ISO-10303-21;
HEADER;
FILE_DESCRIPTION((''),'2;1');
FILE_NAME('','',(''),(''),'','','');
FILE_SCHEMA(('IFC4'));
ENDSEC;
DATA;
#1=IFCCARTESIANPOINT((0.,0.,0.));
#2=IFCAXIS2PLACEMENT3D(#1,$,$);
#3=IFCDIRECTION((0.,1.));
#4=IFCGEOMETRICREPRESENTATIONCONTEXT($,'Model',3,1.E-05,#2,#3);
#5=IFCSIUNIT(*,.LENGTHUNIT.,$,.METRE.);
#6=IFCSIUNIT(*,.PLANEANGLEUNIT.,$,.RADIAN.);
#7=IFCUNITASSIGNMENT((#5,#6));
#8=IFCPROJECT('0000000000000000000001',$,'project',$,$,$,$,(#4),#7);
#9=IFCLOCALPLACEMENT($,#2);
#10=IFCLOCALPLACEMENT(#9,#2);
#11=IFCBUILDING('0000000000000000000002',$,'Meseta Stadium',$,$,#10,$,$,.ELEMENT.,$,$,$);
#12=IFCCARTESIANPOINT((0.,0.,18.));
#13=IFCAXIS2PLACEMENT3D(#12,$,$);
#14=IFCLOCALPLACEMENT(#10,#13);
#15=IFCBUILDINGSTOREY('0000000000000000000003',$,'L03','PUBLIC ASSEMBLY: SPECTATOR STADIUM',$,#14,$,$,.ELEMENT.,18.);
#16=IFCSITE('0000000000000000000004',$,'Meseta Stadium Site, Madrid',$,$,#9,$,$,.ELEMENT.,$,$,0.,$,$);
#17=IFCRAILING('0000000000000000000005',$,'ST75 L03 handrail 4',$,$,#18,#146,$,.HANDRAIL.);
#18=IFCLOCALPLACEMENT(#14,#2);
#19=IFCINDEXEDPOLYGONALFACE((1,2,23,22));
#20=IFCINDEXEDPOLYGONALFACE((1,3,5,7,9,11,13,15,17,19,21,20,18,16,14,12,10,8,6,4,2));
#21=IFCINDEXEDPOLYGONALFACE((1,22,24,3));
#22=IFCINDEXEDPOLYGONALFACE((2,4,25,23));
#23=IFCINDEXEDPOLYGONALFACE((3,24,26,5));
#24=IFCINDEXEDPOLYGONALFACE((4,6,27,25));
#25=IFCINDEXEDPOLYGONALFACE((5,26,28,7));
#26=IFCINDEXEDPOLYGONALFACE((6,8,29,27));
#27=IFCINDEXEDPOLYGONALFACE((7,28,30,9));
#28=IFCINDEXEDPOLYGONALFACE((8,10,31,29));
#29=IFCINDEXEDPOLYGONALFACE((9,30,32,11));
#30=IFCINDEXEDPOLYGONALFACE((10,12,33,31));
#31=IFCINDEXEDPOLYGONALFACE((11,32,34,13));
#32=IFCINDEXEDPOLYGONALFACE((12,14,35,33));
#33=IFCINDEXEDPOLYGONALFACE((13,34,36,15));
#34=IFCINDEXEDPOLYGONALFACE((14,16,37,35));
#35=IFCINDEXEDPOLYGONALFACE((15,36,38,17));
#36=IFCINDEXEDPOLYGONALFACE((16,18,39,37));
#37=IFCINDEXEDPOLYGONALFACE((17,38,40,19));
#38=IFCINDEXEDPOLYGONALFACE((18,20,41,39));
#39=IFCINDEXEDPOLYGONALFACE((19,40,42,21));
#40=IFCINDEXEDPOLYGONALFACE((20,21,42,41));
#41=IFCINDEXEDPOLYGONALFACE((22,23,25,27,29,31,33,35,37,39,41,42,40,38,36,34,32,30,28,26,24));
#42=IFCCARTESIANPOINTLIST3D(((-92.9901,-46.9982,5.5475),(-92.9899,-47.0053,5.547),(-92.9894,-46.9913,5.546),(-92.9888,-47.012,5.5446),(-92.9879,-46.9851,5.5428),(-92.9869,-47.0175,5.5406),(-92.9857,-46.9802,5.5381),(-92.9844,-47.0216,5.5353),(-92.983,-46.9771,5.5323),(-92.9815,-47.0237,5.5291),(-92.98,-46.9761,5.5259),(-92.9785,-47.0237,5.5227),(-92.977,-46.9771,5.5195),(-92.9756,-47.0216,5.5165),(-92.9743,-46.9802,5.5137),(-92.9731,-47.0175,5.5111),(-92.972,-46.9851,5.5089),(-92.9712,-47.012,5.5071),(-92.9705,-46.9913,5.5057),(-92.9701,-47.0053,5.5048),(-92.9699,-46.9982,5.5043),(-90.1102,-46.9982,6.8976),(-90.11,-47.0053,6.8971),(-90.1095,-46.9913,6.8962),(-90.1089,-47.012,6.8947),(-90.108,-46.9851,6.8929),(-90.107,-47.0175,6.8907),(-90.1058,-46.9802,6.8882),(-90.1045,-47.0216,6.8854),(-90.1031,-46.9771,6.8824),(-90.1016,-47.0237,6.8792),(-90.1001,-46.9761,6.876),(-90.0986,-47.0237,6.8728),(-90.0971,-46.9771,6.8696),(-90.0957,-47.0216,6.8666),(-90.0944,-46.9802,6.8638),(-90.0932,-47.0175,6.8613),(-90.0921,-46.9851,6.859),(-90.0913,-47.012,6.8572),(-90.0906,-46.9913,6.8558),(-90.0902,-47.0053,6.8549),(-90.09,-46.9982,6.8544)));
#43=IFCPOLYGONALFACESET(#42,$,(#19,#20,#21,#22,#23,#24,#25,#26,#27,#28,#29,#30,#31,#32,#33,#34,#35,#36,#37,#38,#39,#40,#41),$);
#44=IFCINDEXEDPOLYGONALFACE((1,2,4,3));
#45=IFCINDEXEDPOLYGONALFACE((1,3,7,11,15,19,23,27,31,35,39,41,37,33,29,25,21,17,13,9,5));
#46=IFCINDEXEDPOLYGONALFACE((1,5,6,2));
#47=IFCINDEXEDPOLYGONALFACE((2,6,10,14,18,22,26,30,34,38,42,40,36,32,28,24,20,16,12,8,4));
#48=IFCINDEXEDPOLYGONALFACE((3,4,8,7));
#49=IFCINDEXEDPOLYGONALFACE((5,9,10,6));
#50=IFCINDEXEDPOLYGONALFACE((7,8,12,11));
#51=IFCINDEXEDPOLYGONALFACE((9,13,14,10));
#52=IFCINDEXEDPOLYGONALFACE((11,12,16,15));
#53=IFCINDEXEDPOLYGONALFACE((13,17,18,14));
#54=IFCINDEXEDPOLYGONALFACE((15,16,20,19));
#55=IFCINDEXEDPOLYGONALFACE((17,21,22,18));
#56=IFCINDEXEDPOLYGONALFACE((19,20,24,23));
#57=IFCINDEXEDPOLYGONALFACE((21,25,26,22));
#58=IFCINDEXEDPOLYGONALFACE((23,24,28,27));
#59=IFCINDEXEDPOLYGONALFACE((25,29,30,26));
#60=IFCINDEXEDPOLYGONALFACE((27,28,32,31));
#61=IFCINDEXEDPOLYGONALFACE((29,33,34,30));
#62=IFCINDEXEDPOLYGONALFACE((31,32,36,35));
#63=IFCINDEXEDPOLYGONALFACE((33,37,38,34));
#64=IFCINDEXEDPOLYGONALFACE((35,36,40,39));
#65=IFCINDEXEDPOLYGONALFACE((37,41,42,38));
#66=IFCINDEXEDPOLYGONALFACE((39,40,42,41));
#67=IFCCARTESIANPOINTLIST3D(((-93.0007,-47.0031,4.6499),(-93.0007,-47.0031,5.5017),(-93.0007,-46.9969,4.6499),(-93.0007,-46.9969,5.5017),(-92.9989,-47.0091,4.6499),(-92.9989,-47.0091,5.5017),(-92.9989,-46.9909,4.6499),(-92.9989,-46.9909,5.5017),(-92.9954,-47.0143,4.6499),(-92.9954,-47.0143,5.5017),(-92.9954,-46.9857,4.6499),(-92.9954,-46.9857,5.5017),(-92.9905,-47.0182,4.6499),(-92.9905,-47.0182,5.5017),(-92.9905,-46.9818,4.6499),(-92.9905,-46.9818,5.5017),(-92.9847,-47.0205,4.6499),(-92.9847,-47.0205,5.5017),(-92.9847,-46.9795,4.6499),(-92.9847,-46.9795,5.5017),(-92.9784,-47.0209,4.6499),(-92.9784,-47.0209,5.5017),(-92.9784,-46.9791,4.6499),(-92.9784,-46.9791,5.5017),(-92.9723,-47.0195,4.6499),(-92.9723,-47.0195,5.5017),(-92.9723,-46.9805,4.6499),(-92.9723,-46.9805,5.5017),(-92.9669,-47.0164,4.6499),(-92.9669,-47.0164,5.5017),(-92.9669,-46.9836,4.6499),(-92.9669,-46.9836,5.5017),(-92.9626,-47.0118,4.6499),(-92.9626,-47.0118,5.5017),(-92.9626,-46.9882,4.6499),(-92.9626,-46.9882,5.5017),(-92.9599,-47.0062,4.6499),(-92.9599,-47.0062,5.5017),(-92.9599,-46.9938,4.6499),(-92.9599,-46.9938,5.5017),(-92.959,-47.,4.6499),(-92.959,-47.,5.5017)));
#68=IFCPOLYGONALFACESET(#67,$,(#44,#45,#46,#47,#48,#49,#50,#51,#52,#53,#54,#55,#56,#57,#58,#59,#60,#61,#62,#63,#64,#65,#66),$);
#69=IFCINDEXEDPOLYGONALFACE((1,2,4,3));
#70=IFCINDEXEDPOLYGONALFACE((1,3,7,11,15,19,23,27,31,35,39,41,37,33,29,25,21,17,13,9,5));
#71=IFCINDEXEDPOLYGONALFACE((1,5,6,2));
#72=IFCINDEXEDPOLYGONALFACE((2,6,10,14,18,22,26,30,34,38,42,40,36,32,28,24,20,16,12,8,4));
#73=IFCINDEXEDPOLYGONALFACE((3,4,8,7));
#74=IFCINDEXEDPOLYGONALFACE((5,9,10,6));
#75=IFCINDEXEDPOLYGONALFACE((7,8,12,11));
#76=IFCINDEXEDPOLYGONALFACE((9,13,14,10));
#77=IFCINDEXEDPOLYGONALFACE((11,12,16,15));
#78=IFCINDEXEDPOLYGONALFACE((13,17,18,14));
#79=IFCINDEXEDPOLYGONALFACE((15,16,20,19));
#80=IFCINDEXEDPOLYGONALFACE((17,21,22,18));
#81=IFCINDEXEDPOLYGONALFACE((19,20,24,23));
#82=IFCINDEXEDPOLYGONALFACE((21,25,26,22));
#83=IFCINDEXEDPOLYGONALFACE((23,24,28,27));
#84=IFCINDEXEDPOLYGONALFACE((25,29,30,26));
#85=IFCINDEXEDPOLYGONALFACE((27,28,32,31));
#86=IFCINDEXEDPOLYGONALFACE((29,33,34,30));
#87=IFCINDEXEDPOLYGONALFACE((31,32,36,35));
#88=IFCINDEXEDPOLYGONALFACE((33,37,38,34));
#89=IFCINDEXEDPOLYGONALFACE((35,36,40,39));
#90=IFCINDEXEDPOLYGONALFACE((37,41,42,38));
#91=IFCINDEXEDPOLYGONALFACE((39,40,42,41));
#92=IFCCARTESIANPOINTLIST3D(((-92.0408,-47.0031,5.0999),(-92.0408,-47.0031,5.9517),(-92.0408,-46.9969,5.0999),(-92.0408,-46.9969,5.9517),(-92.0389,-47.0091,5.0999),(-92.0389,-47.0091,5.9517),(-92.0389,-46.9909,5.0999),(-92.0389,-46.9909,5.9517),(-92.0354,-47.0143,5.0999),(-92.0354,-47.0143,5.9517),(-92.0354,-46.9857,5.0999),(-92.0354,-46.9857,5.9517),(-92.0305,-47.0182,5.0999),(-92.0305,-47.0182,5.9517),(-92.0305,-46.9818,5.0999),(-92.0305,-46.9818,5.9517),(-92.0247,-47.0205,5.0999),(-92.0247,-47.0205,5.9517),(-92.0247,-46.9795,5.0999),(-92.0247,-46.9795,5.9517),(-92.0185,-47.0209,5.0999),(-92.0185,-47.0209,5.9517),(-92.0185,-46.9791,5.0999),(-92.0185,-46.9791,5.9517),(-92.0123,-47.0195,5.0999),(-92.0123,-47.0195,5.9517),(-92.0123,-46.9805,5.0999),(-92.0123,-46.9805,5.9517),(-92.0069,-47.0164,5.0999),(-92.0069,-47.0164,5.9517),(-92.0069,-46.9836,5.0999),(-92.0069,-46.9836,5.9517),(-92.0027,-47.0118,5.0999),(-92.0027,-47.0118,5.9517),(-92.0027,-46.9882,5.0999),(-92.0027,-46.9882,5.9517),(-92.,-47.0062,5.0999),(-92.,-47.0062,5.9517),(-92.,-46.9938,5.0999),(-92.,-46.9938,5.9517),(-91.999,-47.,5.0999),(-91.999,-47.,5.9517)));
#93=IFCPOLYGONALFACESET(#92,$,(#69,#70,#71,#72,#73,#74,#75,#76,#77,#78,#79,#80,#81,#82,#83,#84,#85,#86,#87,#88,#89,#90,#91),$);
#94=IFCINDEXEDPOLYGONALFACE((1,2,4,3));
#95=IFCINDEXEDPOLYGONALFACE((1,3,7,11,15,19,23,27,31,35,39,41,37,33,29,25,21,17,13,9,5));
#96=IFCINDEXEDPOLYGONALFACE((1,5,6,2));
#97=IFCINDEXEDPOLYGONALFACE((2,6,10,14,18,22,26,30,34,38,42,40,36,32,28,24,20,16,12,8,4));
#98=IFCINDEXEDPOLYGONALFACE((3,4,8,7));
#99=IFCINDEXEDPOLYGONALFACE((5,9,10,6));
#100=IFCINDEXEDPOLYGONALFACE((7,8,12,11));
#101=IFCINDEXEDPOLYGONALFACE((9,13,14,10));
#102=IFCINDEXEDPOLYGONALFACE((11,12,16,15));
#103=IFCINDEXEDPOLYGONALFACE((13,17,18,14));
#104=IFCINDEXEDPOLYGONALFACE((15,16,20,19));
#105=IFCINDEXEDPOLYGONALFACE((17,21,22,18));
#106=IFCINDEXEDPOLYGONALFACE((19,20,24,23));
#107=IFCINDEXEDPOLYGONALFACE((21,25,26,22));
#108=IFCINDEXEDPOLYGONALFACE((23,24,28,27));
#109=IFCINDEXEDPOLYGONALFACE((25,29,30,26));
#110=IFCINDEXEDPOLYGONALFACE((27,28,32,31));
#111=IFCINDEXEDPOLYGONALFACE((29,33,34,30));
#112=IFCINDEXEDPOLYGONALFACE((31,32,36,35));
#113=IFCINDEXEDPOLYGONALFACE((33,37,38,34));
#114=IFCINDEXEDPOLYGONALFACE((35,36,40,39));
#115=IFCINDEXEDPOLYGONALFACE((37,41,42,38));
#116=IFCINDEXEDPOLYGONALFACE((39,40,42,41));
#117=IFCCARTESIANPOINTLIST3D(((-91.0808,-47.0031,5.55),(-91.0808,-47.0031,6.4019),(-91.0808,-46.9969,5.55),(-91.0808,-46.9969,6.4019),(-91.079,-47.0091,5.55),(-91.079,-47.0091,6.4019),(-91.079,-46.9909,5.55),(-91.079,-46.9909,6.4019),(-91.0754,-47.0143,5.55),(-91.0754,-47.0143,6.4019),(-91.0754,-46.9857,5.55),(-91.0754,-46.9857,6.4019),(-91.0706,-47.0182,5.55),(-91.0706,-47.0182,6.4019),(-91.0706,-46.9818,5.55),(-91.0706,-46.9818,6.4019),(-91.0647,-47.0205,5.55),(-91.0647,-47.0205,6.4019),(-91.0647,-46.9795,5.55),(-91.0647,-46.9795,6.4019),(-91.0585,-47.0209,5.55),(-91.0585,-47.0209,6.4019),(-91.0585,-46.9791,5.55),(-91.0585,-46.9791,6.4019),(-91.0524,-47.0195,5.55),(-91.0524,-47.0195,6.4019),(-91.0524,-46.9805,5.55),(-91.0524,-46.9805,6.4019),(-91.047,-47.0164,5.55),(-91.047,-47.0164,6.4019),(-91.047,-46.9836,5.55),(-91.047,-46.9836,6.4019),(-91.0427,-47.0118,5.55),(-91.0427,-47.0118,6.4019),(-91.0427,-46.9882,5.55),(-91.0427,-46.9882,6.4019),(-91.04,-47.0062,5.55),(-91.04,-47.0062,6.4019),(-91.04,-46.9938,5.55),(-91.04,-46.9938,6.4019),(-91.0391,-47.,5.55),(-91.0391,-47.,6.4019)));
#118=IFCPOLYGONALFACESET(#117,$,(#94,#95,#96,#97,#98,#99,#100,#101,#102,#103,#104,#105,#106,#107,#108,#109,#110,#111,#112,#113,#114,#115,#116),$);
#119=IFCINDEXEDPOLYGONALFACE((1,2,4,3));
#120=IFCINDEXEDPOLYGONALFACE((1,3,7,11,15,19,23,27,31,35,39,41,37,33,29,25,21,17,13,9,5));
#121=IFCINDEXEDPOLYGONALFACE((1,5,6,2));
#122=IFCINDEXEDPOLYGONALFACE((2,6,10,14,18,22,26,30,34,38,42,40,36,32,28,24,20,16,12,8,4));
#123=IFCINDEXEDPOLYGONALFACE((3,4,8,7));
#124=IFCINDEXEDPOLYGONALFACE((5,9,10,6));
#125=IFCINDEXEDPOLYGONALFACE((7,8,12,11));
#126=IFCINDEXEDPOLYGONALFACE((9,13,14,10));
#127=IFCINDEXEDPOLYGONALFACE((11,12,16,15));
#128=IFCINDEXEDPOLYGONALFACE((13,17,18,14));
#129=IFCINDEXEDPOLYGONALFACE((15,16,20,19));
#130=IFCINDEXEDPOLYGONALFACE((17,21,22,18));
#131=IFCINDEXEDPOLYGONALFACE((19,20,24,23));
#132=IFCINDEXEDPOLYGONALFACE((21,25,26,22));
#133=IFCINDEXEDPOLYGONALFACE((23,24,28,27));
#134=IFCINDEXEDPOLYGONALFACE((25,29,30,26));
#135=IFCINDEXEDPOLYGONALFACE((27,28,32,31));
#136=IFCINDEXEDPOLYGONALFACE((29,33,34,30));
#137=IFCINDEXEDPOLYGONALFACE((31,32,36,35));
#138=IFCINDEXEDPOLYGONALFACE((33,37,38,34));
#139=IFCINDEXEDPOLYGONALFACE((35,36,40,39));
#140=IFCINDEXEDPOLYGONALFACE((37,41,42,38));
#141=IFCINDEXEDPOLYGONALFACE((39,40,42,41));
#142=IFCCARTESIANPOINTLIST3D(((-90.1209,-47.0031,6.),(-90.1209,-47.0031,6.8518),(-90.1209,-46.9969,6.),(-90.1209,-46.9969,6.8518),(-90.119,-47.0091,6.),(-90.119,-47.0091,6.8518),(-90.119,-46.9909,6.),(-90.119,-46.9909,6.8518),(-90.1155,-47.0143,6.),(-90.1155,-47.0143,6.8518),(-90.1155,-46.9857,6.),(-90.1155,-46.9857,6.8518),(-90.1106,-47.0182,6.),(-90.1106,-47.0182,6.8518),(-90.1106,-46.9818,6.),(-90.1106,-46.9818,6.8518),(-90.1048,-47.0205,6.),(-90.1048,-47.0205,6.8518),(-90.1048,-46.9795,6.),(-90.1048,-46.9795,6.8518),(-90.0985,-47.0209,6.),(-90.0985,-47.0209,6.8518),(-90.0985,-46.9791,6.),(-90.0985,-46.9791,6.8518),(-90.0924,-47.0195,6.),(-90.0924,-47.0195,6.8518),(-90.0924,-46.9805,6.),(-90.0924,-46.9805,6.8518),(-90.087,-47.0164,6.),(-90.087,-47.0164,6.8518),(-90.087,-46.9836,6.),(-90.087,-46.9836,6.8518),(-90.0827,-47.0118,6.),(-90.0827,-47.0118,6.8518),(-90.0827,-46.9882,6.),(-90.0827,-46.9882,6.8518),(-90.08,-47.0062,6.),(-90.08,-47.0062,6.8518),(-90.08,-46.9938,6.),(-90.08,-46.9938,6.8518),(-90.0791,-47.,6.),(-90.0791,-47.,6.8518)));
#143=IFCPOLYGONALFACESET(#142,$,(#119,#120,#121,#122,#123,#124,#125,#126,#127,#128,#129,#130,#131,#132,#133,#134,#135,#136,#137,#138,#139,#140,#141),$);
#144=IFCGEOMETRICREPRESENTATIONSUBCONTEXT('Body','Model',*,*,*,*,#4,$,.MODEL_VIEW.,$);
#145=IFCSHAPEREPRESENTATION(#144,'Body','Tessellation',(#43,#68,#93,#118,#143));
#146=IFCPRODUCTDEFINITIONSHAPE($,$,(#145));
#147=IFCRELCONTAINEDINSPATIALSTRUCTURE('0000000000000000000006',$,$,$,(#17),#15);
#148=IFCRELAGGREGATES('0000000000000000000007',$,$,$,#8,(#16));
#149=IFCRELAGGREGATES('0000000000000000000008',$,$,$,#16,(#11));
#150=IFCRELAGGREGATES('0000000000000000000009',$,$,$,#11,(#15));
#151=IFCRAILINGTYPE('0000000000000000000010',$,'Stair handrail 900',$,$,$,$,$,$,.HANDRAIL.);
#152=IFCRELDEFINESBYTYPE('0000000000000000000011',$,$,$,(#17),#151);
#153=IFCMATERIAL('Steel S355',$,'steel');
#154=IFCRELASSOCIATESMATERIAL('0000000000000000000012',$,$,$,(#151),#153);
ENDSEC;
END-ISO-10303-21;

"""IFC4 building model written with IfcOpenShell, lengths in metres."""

from ifc_helpers import new_model, si_unit, direction, frame, origin, origin_2d, place, context, subcontext, project, spatial, circle, extrude, material, type_object, element, save


model = new_model("IFC4")

# Units and contexts
model_context = context("Model", 3, precision=1e-05, world=origin(), true_north=direction((0.0, 1.0)))
body_context = subcontext(model_context, "Body", "Model", "MODEL_VIEW")
ifc_project = project(units=[si_unit("LENGTHUNIT", "METRE"), si_unit("PLANEANGLEUNIT", "RADIAN")], contexts=[model_context])

# Site, building, storey
site_placement = place(None, origin())
site = spatial("IfcSite", under=ifc_project, at=site_placement, Name="Meseta Stadium Site, Madrid", CompositionType="ELEMENT", RefElevation=0.0)
building_placement = place(site_placement, origin())
building = spatial("IfcBuilding", under=site, at=building_placement, Name="Meseta Stadium", CompositionType="ELEMENT")
storey_placement = place(building_placement, frame((0.0, 0.0, 18.0)))
storey = spatial("IfcBuildingStorey", under=building, at=storey_placement, Name="L03", Description="PUBLIC ASSEMBLY: SPECTATOR STADIUM", CompositionType="ELEMENT", Elevation=18.0)

# Railing
ifc_material_1 = material(Name="Steel S355", Category="steel")
railing_type_1 = type_object("IfcRailingType", Name="Stair handrail 900", PredefinedType="HANDRAIL", material=ifc_material_1)
for number, where, name in (
    (1, (-92.98, -47.0, 4.6499), "ST75 L03 handrail 4"),
):
    element("IfcRailing", number, at=place(storey_placement, frame(where)), inside=storey, type_object=railing_type_1, Name=name, PredefinedType="HANDRAIL", context=body_context, shape_type="SweptSolid", body=[
        extrude(circle(Radius=0.0239, at=origin_2d()), frame((0.0, 0.0, 0.876), z_axis=(0.90544, 0.0, 0.424473), x_axis=(0.0, 1.0, 0.0)), (0.0, 0.0, 1.0), 3.1807),
        extrude(circle(Radius=0.021, at=origin_2d()), origin(), (0.0, 0.0, 1.0), 0.8518),
        extrude(circle(Radius=0.021, at=origin_2d()), frame((0.96, 0.0, 0.45)), (0.0, 0.0, 1.0), 0.8518),
        extrude(circle(Radius=0.021, at=origin_2d()), frame((1.9199, 0.0, 0.9001)), (0.0, 0.0, 1.0), 0.8518),
        extrude(circle(Radius=0.021, at=origin_2d()), frame((2.8799, 0.0, 1.3501)), (0.0, 0.0, 1.0), 0.8518),
    ])

save(model, "model.ifc")
